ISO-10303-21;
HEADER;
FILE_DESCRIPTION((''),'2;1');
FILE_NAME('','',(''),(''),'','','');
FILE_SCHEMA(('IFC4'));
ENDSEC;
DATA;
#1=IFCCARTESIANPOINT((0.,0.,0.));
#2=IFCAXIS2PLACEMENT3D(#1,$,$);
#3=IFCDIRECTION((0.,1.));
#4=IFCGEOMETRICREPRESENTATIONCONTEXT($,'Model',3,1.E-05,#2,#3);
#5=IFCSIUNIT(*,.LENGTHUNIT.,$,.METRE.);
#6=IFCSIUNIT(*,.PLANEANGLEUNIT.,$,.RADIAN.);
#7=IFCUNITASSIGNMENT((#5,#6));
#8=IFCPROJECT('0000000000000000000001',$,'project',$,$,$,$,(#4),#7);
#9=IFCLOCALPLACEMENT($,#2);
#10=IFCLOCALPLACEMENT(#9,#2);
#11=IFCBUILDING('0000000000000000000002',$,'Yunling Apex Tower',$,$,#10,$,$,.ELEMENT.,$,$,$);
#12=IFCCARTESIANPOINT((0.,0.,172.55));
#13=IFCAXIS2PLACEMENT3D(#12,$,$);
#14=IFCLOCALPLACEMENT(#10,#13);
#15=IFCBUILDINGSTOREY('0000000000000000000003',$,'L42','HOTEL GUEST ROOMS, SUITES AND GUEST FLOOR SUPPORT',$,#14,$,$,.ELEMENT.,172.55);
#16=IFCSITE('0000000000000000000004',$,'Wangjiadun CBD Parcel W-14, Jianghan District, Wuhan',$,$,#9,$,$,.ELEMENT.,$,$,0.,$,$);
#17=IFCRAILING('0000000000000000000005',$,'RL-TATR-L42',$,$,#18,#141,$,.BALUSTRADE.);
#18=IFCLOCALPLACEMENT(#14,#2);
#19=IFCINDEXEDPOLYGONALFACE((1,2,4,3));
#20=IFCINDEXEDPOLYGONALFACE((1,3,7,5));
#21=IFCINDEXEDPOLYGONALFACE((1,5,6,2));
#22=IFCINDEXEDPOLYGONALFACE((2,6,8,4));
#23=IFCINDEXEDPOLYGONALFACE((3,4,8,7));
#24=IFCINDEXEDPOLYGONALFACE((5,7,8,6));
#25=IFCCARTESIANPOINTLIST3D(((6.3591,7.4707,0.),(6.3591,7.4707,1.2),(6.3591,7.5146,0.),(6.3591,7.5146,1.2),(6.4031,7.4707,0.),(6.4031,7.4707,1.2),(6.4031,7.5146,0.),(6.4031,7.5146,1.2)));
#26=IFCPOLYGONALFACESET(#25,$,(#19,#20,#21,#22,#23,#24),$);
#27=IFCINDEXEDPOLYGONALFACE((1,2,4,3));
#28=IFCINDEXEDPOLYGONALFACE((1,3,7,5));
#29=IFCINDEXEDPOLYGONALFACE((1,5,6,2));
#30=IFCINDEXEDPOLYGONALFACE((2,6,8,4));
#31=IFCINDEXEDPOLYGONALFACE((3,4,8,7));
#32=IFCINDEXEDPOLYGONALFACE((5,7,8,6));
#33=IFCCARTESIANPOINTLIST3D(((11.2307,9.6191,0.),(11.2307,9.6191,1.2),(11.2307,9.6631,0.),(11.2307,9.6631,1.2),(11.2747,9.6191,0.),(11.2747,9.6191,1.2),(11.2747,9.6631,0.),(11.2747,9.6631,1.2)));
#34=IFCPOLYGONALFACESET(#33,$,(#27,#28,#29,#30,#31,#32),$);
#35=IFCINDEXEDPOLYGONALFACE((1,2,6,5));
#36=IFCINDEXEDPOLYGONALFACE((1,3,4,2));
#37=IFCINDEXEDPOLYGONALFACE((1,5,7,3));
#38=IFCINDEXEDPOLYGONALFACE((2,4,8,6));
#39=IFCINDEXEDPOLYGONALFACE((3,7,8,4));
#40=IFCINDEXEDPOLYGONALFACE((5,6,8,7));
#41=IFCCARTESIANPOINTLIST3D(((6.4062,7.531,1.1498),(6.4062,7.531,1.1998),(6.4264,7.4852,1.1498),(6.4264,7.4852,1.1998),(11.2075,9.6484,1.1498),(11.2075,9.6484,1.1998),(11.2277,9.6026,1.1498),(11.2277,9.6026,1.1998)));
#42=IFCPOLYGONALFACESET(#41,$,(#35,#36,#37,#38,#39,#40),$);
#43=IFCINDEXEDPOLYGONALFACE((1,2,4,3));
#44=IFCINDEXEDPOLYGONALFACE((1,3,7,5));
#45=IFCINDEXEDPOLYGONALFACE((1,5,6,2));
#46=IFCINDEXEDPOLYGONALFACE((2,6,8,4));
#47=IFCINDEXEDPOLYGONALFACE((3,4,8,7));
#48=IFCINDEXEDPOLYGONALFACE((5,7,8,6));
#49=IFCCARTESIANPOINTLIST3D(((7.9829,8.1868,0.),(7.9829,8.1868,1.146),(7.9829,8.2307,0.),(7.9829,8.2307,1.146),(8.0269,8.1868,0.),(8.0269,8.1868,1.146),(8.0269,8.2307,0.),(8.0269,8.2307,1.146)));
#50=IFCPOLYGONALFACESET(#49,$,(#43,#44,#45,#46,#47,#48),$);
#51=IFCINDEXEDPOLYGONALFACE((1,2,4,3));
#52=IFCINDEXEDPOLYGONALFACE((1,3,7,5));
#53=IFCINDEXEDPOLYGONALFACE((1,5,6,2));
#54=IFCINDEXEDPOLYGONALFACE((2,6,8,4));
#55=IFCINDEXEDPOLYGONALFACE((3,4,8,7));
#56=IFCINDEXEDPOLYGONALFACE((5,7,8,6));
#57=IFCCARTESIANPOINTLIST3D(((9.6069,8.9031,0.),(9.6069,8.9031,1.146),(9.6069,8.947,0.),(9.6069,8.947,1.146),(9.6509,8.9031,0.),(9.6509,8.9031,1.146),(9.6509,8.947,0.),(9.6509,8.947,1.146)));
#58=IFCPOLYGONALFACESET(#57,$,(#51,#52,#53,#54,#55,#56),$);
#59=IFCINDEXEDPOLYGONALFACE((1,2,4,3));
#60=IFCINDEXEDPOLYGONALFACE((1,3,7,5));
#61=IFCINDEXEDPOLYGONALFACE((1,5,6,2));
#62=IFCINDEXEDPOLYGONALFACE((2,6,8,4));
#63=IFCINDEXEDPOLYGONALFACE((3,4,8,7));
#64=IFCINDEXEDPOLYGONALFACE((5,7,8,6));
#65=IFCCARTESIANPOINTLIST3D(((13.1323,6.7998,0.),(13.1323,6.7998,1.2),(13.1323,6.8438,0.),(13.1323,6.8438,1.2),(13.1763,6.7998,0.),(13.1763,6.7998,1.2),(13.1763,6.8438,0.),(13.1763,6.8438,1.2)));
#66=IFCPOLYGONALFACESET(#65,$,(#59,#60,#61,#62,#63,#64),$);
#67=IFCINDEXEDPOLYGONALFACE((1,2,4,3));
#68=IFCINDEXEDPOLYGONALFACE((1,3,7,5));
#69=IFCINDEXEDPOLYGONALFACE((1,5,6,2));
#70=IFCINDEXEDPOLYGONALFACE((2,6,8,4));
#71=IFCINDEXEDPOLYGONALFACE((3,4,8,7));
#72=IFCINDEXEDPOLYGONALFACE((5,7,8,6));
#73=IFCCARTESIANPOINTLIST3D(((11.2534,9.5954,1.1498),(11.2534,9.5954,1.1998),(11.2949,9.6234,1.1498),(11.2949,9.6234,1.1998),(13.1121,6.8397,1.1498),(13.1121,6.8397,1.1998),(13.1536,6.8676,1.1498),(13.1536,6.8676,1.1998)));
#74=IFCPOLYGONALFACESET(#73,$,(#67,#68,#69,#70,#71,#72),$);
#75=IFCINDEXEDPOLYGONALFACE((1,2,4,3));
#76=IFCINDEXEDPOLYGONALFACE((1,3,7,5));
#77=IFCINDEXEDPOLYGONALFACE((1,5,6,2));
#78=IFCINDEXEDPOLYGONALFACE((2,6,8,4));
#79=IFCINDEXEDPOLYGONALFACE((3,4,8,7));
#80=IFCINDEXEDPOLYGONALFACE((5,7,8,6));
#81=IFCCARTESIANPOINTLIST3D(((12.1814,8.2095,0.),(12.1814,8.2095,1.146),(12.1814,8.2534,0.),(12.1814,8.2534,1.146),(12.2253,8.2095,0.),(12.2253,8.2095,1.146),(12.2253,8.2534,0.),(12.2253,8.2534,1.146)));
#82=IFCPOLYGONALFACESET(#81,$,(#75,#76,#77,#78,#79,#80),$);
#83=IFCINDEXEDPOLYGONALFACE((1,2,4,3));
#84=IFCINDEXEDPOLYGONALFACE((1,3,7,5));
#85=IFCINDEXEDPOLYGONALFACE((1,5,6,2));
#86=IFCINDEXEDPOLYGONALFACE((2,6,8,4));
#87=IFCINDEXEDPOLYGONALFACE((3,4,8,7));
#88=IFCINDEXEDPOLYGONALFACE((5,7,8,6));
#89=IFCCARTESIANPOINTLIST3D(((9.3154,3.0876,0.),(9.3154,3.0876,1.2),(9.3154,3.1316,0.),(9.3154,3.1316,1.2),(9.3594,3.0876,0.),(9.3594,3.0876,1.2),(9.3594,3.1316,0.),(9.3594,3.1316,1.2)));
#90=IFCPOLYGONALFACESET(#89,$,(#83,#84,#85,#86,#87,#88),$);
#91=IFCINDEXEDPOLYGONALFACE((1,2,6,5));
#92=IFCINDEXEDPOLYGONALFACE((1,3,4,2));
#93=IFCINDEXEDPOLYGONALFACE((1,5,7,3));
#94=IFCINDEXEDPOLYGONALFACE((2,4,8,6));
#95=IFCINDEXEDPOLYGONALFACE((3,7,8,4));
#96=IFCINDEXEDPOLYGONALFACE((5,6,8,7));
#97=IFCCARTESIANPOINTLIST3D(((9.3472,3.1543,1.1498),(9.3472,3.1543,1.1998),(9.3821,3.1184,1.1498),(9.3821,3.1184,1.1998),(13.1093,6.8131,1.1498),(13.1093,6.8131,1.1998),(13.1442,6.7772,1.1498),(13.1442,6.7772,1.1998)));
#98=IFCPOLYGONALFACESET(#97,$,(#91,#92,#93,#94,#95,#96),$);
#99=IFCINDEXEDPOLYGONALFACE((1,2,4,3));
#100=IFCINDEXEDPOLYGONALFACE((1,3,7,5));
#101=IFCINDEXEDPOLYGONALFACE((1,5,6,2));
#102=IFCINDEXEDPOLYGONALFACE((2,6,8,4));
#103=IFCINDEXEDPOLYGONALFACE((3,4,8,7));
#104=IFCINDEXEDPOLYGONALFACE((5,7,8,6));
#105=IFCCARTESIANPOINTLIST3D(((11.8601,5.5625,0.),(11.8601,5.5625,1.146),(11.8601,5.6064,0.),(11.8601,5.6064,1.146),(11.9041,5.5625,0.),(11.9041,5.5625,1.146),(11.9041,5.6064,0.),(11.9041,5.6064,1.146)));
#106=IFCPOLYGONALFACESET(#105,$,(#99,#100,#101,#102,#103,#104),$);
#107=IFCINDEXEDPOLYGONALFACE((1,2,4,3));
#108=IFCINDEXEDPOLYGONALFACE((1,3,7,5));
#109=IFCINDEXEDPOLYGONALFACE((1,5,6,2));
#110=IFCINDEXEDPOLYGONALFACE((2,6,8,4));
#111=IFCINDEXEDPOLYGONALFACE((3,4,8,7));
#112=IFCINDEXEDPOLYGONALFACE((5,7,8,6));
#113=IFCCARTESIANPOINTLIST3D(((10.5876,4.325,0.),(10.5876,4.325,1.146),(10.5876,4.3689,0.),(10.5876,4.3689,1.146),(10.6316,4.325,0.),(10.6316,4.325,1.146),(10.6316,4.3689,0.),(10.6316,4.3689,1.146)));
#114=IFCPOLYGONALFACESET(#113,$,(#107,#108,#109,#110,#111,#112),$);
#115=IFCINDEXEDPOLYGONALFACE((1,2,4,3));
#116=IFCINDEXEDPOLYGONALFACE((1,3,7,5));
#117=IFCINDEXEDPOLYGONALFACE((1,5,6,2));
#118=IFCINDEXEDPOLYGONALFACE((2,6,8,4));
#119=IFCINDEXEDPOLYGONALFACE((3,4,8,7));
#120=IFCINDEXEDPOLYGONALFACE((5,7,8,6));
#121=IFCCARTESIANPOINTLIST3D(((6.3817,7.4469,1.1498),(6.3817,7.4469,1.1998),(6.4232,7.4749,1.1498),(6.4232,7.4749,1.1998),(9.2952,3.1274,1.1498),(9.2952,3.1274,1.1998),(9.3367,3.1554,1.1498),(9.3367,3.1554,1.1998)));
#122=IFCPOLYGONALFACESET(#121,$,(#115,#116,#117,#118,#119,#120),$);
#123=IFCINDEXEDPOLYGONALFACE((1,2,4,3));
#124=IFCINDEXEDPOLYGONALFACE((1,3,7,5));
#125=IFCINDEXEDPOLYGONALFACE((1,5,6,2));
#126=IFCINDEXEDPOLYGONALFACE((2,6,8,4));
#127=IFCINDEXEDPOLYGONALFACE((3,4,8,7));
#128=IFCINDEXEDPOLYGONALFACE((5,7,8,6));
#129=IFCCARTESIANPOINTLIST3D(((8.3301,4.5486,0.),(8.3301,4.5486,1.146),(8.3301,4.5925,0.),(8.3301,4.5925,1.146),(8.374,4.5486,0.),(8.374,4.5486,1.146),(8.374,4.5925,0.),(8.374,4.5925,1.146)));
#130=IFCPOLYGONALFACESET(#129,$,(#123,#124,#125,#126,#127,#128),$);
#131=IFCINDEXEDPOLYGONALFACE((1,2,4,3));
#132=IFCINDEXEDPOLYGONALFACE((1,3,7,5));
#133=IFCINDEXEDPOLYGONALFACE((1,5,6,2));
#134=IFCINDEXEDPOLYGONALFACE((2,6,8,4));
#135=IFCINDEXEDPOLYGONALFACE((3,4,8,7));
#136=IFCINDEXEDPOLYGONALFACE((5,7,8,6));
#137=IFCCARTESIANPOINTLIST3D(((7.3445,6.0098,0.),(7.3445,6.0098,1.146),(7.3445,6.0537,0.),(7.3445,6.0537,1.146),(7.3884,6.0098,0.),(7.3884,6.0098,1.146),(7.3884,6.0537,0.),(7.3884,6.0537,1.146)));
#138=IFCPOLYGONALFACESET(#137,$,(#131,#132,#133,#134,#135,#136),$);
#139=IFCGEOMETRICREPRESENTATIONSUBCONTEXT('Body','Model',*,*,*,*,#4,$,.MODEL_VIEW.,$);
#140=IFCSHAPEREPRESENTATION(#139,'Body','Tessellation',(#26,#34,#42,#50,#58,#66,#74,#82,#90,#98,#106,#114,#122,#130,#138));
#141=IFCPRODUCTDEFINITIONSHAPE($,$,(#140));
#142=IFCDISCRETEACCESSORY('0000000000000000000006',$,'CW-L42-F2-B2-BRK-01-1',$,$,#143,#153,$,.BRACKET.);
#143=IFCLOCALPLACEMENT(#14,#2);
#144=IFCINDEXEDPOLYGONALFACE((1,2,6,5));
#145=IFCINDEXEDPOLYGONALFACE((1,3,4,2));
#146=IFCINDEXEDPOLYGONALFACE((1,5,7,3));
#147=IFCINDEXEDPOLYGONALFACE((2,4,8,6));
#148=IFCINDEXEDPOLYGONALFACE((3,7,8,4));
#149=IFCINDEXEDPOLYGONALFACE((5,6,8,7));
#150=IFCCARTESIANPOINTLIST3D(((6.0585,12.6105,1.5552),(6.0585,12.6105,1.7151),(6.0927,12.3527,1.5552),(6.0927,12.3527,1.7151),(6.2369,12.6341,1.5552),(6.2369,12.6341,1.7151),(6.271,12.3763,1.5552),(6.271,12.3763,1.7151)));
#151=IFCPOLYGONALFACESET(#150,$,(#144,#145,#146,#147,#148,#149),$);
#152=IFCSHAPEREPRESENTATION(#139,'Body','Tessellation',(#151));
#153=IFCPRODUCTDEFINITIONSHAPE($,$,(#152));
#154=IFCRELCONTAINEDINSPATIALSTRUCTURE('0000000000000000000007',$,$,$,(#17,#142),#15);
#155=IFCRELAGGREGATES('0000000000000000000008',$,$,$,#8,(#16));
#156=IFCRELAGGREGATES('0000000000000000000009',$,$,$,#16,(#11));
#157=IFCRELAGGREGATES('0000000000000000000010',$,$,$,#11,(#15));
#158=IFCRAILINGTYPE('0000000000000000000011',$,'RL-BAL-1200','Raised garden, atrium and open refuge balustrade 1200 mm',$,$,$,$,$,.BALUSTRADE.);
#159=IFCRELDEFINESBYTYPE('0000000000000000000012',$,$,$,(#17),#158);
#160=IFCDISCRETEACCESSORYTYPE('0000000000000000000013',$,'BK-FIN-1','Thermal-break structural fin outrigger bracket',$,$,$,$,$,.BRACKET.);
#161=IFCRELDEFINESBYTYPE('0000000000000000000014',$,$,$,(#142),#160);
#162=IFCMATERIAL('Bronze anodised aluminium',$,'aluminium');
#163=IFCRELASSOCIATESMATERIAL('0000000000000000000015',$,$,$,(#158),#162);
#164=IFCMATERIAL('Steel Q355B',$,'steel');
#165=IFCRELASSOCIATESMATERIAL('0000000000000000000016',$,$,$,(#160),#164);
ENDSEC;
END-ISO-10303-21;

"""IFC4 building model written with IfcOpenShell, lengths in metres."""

from ifc_helpers import new_model, si_unit, direction, frame, origin, origin_2d, place, context, subcontext, project, spatial, rectangle, extrude, source, transform, mapped, material, type_object, element, save


model = new_model("IFC4")

# Units and contexts
model_context = context("Model", 3, precision=1e-05, world=origin(), true_north=direction((0.0, 1.0)))
body_context = subcontext(model_context, "Body", "Model", "MODEL_VIEW")
ifc_project = project(units=[si_unit("LENGTHUNIT", "METRE"), si_unit("PLANEANGLEUNIT", "RADIAN")], contexts=[model_context])

# Site, building, storey
site_placement = place(None, origin())
site = spatial("IfcSite", under=ifc_project, at=site_placement, Name="Wangjiadun CBD Parcel W-14, Jianghan District, Wuhan", CompositionType="ELEMENT", RefElevation=0.0)
building_placement = place(site_placement, origin())
building = spatial("IfcBuilding", under=site, at=building_placement, Name="Yunling Apex Tower", CompositionType="ELEMENT")
storey_placement = place(building_placement, frame((0.0, 0.0, 172.55)))
storey = spatial("IfcBuildingStorey", under=building, at=storey_placement, Name="L42", Description="HOTEL GUEST ROOMS, SUITES AND GUEST FLOOR SUPPORT", CompositionType="ELEMENT", Elevation=172.55)

# Shared definitions
ifc_material_1 = material(Name="Steel Q355B", Category="steel")

# Shared definitions
ifc_material_2 = material(Name="Bronze anodised aluminium", Category="aluminium")

# Railing
railing_type = type_object("IfcRailingType", Name="RL-BAL-1200", Description="Raised garden, atrium and open refuge balustrade 1200 mm", PredefinedType="BALUSTRADE", material=ifc_material_2)
railing_1_placement = place(storey_placement, frame((6.3811, 7.4927, 0.0)))
element("IfcRailing", 1, at=railing_1_placement, inside=storey, type_object=railing_type, Name="RL-TATR-L42", PredefinedType="BALUSTRADE", context=body_context, shape_type="SweptSolid", body=[
    extrude(rectangle(XDim=0.0439, YDim=0.0439, at=origin_2d()), origin(), (0.0, 0.0, 1.0), 1.2),
    extrude(rectangle(XDim=0.0439, YDim=0.0439, at=origin_2d()), frame((4.8716, 2.1484, 0.0)), (0.0, 0.0, 1.0), 1.2),
    extrude(rectangle(XDim=0.05, YDim=0.05, at=origin_2d()), frame((0.0352, 0.0154, 1.1748), z_axis=(0.914973, 0.403516, 0.0), x_axis=(-0.403516, 0.914973, 0.0)), (0.0, 0.0, 1.0), 5.2476),
    extrude(rectangle(XDim=0.0439, YDim=0.0439, at=origin_2d()), frame((1.6238, 0.7161, 0.0)), (0.0, 0.0, 1.0), 1.146),
    extrude(rectangle(XDim=0.0439, YDim=0.0439, at=origin_2d()), frame((3.2478, 1.4324, 0.0)), (0.0, 0.0, 1.0), 1.146),
    extrude(rectangle(XDim=0.0439, YDim=0.0439, at=origin_2d()), frame((6.7732, -0.6709, 0.0)), (0.0, 0.0, 1.0), 1.2),
    extrude(rectangle(XDim=0.05, YDim=0.05, at=origin_2d()), frame((4.8931, 2.1167, 1.1748), z_axis=(0.559182, -0.829045, 0.0), x_axis=(0.829045, 0.559182, 0.0)), (0.0, 0.0, 1.0), 3.324),
    extrude(rectangle(XDim=0.0439, YDim=0.0439, at=origin_2d()), frame((5.8223, 0.7388, 0.0)), (0.0, 0.0, 1.0), 1.146),
    extrude(rectangle(XDim=0.0439, YDim=0.0439, at=origin_2d()), frame((2.9563, -4.3831, 0.0)), (0.0, 0.0, 1.0), 1.2),
    extrude(rectangle(XDim=0.05, YDim=0.05, at=origin_2d()), frame((6.7456, -0.6975, 1.1748), z_axis=(-0.716874, -0.697203, 0.0), x_axis=(0.697203, -0.716874, 0.0)), (0.0, 0.0, 1.0), 5.2478),
    extrude(rectangle(XDim=0.0439, YDim=0.0439, at=origin_2d()), frame((5.501, -1.9082, 0.0)), (0.0, 0.0, 1.0), 1.146),
    extrude(rectangle(XDim=0.0439, YDim=0.0439, at=origin_2d()), frame((4.2285, -3.1458, 0.0)), (0.0, 0.0, 1.0), 1.146),
    extrude(rectangle(XDim=0.05, YDim=0.05, at=origin_2d()), frame((2.9348, -4.3513, 1.1748), z_axis=(-0.559179, 0.829047, 0.0), x_axis=(-0.829047, -0.559179, 0.0)), (0.0, 0.0, 1.0), 5.2102),
    extrude(rectangle(XDim=0.0439, YDim=0.0439, at=origin_2d()), frame((1.9709, -2.9221, 0.0)), (0.0, 0.0, 1.0), 1.146),
    extrude(rectangle(XDim=0.0439, YDim=0.0439, at=origin_2d()), frame((0.9854, -1.4609, 0.0)), (0.0, 0.0, 1.0), 1.146),
])

# Discrete accessory
discrete_accessory_type = type_object("IfcDiscreteAccessoryType", Name="BK-FIN-1", Description="Thermal-break structural fin outrigger bracket", PredefinedType="BRACKET", material=ifc_material_1)
shared_shape_1 = source(origin(), body_context, "Body", "SweptSolid", [
    extrude(rectangle(XDim=0.1799, YDim=0.26, at=origin_2d()), origin(), (0.0, 0.0, 1.0), 0.1599),
])
discrete_accessory_placement = place(storey_placement, frame((6.1648, 12.4934, 1.5552), z_axis=(0.0, 0.0, 1.0), x_axis=(-0.991353, -0.131218, 0.0)))
element("IfcDiscreteAccessory", 2, at=discrete_accessory_placement, inside=storey, type_object=discrete_accessory_type, Name="CW-L42-F2-B2-BRK-01-1", PredefinedType="BRACKET", context=body_context, shape_type="MappedRepresentation", body=[
    mapped(shared_shape_1, transform((0.0, 0.0, 0.0), scale=1.0)),
])

save(model, "model.ifc")
